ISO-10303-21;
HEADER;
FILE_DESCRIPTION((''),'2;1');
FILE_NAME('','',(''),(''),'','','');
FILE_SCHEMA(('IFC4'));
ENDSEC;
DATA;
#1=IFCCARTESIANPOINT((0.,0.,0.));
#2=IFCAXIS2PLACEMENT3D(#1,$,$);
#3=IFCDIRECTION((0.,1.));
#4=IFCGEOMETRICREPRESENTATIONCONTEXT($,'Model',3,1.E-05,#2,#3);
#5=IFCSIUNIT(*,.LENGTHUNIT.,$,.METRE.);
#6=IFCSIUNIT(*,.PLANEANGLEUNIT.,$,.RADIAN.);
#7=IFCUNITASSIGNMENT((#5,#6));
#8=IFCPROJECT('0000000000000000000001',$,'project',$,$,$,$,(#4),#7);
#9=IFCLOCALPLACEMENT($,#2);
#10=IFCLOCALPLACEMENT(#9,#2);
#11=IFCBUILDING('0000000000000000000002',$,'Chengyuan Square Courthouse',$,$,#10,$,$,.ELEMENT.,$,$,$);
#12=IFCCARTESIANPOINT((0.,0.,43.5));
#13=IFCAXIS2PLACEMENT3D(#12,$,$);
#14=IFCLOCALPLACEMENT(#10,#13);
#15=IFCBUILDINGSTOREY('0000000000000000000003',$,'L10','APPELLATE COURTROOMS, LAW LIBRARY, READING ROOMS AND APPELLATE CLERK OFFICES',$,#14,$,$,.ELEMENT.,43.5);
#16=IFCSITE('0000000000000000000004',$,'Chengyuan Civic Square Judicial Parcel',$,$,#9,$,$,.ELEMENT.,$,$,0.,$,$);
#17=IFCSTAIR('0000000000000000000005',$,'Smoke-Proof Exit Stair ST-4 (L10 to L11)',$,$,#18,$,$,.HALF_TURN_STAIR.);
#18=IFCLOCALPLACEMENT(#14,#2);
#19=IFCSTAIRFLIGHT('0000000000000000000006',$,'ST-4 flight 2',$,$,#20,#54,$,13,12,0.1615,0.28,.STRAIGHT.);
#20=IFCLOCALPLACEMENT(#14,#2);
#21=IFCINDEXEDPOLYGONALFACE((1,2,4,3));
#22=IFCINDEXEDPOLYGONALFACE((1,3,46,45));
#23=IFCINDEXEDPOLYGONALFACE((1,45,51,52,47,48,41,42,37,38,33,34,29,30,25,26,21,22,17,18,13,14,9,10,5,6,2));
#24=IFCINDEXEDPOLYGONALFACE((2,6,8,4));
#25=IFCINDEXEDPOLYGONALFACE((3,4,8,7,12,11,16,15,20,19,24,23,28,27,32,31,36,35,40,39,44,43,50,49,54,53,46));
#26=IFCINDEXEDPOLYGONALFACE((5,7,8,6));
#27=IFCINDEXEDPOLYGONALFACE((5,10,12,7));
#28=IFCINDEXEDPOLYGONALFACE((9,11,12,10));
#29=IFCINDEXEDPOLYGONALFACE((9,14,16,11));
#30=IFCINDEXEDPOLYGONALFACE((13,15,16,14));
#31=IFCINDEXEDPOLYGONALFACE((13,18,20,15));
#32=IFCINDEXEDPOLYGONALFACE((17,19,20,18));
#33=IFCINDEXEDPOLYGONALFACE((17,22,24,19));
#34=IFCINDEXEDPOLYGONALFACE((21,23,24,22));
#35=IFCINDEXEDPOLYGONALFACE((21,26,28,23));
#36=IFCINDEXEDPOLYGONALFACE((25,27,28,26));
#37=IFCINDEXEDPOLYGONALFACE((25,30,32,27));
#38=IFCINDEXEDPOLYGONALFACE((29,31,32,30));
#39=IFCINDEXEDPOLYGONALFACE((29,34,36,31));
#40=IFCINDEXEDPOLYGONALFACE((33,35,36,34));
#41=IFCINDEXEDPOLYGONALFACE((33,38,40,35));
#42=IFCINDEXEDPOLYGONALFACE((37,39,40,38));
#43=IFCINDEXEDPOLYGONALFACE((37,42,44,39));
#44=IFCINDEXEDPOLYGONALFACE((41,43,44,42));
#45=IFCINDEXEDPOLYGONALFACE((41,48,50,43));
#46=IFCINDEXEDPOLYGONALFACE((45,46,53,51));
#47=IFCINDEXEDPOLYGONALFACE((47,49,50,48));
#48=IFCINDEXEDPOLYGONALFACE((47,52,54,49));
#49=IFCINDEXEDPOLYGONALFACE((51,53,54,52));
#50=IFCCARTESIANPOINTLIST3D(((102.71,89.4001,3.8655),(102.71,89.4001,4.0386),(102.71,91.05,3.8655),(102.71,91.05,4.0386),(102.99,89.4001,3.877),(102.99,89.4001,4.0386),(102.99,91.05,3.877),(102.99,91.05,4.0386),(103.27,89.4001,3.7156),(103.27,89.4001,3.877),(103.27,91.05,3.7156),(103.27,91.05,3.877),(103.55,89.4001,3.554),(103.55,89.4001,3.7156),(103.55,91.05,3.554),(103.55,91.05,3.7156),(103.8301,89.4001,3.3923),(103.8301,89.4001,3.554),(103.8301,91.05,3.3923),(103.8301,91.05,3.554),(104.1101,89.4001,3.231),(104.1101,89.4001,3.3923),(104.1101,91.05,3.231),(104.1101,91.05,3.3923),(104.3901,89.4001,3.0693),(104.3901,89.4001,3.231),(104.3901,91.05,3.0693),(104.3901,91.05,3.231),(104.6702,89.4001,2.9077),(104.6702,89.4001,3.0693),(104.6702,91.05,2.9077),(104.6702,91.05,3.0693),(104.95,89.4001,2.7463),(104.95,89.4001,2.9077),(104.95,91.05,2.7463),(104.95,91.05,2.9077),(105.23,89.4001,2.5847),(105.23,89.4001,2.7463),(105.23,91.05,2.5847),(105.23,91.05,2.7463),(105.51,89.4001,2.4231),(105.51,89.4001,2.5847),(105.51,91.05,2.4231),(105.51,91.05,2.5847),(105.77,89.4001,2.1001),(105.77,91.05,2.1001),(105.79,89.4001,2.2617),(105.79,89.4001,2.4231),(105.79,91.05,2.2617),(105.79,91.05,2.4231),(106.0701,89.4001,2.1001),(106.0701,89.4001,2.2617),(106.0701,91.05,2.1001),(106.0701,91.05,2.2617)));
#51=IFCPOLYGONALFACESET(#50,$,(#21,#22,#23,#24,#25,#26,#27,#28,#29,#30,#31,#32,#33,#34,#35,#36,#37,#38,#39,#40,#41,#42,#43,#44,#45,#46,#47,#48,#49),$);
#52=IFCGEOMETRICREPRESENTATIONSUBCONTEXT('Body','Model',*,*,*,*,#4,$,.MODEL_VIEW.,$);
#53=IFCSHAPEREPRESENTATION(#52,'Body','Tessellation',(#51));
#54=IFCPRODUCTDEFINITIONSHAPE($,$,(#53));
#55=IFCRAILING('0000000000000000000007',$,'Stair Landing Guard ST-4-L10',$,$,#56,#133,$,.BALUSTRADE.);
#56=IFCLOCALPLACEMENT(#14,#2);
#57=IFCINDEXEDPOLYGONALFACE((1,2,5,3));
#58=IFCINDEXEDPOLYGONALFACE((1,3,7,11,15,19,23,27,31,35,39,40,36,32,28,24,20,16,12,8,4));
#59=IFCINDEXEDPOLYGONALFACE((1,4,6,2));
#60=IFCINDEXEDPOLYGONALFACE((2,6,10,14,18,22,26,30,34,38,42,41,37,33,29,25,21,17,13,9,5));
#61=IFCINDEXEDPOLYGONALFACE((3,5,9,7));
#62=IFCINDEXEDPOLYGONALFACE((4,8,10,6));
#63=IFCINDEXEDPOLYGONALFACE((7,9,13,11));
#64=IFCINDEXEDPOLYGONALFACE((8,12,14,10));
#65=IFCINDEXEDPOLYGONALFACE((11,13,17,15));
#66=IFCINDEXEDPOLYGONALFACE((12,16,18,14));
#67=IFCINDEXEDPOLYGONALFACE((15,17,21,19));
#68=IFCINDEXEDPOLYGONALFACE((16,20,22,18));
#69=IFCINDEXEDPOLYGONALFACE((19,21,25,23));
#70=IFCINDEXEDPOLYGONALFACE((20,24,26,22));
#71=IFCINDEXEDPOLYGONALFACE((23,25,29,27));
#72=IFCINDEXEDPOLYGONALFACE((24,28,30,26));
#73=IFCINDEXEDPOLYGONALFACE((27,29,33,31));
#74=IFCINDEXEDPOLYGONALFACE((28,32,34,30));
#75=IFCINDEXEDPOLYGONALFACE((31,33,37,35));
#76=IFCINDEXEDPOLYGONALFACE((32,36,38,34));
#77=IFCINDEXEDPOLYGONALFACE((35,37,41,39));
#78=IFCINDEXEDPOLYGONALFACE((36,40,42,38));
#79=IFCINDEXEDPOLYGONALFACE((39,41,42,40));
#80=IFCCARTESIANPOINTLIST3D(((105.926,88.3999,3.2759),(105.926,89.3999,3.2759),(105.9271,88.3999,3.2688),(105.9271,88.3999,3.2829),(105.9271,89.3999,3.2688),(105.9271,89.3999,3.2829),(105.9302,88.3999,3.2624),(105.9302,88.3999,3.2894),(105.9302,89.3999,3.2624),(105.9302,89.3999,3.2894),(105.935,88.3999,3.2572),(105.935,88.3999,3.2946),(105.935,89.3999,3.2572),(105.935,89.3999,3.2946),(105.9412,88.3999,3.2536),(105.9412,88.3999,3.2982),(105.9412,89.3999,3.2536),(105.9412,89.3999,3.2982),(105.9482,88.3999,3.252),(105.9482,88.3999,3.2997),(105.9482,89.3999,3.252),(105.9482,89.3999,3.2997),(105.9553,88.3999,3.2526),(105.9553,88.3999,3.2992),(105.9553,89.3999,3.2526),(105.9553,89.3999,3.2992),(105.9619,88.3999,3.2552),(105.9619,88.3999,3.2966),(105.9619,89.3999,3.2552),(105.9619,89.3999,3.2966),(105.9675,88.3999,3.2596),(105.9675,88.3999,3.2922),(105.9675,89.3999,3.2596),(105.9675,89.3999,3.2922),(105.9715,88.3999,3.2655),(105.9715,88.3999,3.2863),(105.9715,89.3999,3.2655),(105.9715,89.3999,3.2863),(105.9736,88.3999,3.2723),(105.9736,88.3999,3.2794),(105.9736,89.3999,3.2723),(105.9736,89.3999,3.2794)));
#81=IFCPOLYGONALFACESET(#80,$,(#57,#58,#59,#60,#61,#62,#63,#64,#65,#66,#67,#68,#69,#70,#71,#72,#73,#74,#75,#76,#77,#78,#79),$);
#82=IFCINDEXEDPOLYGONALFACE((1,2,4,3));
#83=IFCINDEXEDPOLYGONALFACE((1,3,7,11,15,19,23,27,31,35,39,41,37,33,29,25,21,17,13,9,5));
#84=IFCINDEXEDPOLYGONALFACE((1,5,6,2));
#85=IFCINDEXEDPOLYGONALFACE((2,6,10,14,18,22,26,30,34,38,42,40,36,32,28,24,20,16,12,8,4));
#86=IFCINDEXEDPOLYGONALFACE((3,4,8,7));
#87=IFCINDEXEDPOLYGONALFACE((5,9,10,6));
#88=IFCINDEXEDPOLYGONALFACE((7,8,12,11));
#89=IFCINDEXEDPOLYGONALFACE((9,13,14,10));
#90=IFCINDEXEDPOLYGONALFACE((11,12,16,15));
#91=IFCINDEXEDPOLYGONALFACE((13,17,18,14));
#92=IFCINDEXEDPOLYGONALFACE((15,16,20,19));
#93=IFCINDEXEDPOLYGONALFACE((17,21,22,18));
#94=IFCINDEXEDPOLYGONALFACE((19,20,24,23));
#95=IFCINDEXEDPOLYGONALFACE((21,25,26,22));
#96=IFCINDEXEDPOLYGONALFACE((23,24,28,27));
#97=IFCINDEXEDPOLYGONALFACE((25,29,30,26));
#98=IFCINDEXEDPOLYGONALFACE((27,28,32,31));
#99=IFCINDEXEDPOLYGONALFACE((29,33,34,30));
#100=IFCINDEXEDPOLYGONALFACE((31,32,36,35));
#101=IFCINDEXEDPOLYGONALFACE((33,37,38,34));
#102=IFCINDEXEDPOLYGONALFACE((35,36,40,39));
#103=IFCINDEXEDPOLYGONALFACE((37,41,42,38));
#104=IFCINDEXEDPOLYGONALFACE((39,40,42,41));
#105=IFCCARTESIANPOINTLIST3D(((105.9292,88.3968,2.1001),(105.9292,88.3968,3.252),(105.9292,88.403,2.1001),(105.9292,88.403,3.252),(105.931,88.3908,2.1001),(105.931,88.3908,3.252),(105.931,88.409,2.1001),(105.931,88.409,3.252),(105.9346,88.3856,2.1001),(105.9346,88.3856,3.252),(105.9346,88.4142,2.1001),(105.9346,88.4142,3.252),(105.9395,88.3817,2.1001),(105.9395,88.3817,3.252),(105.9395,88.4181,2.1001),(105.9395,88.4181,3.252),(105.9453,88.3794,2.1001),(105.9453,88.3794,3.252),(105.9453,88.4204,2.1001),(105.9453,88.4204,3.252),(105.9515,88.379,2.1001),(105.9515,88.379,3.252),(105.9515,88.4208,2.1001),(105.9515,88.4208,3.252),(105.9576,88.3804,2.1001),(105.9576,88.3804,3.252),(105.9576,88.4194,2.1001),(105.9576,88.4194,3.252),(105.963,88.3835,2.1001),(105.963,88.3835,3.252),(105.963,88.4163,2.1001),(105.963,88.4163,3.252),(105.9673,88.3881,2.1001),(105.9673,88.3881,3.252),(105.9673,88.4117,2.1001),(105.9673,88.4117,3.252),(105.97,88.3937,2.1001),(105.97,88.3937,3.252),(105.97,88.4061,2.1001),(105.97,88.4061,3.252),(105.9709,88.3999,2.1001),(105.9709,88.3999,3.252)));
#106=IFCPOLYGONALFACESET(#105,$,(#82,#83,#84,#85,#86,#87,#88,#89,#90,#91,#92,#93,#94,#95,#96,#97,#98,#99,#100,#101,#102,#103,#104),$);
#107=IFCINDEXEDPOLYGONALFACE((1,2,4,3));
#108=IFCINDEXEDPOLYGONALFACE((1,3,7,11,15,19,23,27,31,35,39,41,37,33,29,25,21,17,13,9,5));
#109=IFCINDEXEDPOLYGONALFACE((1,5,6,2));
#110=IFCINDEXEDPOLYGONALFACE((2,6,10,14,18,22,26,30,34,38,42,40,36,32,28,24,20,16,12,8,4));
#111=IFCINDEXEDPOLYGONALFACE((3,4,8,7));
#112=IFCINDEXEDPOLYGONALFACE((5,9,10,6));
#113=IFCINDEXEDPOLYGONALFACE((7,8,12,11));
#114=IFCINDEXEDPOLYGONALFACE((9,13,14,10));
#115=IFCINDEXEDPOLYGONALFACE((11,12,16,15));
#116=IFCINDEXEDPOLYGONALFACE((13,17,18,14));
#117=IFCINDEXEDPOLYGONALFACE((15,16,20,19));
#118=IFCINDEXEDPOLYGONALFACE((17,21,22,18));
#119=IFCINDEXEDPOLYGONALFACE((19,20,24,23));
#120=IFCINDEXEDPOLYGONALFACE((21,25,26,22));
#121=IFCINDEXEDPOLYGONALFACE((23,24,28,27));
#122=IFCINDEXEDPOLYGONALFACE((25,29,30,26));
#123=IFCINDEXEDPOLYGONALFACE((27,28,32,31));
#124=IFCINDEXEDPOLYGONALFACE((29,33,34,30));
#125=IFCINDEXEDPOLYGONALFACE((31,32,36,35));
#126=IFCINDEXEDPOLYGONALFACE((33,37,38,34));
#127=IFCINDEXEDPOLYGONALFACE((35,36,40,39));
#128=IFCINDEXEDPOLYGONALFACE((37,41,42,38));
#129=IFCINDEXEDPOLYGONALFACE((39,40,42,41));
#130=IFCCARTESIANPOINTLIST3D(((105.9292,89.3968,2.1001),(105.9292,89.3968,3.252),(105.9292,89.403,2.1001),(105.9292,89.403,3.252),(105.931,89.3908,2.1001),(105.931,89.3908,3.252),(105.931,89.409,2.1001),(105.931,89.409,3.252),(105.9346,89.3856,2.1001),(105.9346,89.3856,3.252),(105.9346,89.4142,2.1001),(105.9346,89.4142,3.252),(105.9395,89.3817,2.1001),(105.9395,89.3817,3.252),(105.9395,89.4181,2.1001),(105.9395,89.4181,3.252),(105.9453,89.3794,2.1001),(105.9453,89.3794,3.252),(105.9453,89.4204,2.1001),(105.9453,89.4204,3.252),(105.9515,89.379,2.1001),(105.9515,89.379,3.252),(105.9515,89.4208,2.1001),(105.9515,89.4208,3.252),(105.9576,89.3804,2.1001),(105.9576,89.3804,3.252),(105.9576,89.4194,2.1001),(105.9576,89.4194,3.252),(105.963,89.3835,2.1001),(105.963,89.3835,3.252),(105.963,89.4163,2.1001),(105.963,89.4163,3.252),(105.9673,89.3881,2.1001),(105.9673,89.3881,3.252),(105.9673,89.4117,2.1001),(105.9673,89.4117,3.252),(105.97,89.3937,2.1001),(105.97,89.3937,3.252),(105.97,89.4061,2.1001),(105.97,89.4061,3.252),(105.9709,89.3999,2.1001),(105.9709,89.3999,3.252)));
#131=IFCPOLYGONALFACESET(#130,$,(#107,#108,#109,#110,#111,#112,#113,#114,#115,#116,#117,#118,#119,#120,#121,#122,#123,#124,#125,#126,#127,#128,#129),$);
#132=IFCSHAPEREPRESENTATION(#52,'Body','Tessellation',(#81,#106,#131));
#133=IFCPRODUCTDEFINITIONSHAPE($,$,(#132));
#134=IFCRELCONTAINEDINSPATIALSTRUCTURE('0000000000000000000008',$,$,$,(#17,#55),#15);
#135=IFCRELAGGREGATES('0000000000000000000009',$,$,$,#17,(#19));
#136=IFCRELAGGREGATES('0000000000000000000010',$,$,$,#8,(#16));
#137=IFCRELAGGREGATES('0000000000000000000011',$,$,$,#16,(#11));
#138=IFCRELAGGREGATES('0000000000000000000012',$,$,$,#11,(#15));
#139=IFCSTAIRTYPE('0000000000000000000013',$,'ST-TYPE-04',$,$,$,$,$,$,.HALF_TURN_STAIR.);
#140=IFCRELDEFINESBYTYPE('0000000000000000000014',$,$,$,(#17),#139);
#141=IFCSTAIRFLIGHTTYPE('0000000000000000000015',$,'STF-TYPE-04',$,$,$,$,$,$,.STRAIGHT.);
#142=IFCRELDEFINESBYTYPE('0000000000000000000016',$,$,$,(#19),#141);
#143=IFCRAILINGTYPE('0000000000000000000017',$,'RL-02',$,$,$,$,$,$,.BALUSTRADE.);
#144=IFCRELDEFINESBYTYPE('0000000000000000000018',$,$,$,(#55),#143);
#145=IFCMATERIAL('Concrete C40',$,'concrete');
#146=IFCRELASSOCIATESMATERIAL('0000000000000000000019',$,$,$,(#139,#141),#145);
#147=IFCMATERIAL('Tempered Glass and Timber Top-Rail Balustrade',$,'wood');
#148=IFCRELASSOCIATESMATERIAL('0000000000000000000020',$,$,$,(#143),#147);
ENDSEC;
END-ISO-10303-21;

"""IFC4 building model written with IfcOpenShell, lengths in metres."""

from ifc_helpers import new_model, si_unit, direction, frame, origin, origin_2d, place, context, subcontext, project, spatial, polyline, circle, outline, extrude, material, type_object, element, aggregate, save


model = new_model("IFC4")

# Units and contexts
model_context = context("Model", 3, precision=1e-05, world=origin(), true_north=direction((0.0, 1.0)))
body_context = subcontext(model_context, "Body", "Model", "MODEL_VIEW")
ifc_project = project(units=[si_unit("LENGTHUNIT", "METRE"), si_unit("PLANEANGLEUNIT", "RADIAN")], contexts=[model_context])

# Site, building, storey
site_placement = place(None, origin())
site = spatial("IfcSite", under=ifc_project, at=site_placement, Name="Chengyuan Civic Square Judicial Parcel", CompositionType="ELEMENT", RefElevation=0.0)
building_placement = place(site_placement, origin())
building = spatial("IfcBuilding", under=site, at=building_placement, Name="Chengyuan Square Courthouse", CompositionType="ELEMENT")
storey_placement = place(building_placement, frame((0.0, 0.0, 43.5)))
storey = spatial("IfcBuildingStorey", under=building, at=storey_placement, Name="L10", Description="APPELLATE COURTROOMS, LAW LIBRARY, READING ROOMS AND APPELLATE CLERK OFFICES", CompositionType="ELEMENT", Elevation=43.5)

# Shared definitions
ifc_material_1 = material(Name="Concrete C40", Category="concrete")

# Stair, stair flight
stair_type = type_object("IfcStairType", Name="ST-TYPE-04", PredefinedType="HALF_TURN_STAIR", material=ifc_material_1)
stair_placement = place(storey_placement, origin())
stair = element("IfcStair", 1, at=stair_placement, inside=storey, type_object=stair_type, Name="Smoke-Proof Exit Stair ST-4 (L10 to L11)", PredefinedType="HALF_TURN_STAIR")
stair_flight_type = type_object("IfcStairFlightType", Name="STF-TYPE-04", PredefinedType="STRAIGHT", material=ifc_material_1)
stair_flight_1_placement = place(storey_placement, frame((106.0701, 90.2251, 2.1001), z_axis=(0.0, 0.0, 1.0), x_axis=(-1.0, 0.0, 0.0)))
stair_flight_1 = element("IfcStairFlight", 2, at=stair_flight_1_placement, type_object=stair_flight_type, Name="ST-4 flight 2", NumberOfRisers=13, NumberOfTreads=12, PredefinedType="STRAIGHT", RiserHeight=0.1615, TreadLength=0.28, context=body_context, shape_type="SweptSolid", body=[
    extrude(outline(polyline([(0.0, 0.0), (0.0, 0.1616), (0.28, 0.1616), (0.28, 0.323), (0.5601, 0.323), (0.5601, 0.4846), (0.8401, 0.4846), (0.8401, 0.6462), (1.1201, 0.6462), (1.1201, 0.8076), (1.3999, 0.8076), (1.3999, 0.9692), (1.6799, 0.9692), (1.6799, 1.1309), (1.96, 1.1309), (1.96, 1.2922), (2.24, 1.2922), (2.24, 1.4539), (2.52, 1.4539), (2.52, 1.6155), (2.8, 1.6155), (2.8, 1.7769), (3.0801, 1.7769), (3.0801, 1.9385), (3.3601, 1.9385), (3.3601, 2.1001), (3.3601, 1.7654), (0.3, 0.0), (0.0, 0.0)])), frame((0.0, 0.825, 0.0), z_axis=(0.0, -1.0, 0.0), x_axis=(1.0, 0.0, 0.0)), (0.0, 0.0, 1.0), 1.6499),
])
aggregate(stair, [stair_flight_1])

# Railing
ifc_material_2 = material(Name="Tempered Glass and Timber Top-Rail Balustrade", Category="wood")
railing_type_1 = type_object("IfcRailingType", Name="RL-02", PredefinedType="BALUSTRADE", material=ifc_material_2)
railing_1_placement = place(storey_placement, frame((105.95, 88.3999, 2.1001)))
element("IfcRailing", 3, at=railing_1_placement, inside=storey, type_object=railing_type_1, Name="Stair Landing Guard ST-4-L10", PredefinedType="BALUSTRADE", context=body_context, shape_type="SweptSolid", body=[
    extrude(circle(Radius=0.0239, at=origin_2d()), frame((0.0, 0.0, 1.1758), z_axis=(0.0, 1.0, 0.0), x_axis=(-1.0, 0.0, 0.0)), (0.0, 0.0, 1.0), 1.0),
    extrude(circle(Radius=0.021, at=origin_2d()), origin(), (0.0, 0.0, 1.0), 1.1519),
    extrude(circle(Radius=0.021, at=origin_2d()), frame((0.0, 1.0, 0.0)), (0.0, 0.0, 1.0), 1.1519),
])

save(model, "model.ifc")
